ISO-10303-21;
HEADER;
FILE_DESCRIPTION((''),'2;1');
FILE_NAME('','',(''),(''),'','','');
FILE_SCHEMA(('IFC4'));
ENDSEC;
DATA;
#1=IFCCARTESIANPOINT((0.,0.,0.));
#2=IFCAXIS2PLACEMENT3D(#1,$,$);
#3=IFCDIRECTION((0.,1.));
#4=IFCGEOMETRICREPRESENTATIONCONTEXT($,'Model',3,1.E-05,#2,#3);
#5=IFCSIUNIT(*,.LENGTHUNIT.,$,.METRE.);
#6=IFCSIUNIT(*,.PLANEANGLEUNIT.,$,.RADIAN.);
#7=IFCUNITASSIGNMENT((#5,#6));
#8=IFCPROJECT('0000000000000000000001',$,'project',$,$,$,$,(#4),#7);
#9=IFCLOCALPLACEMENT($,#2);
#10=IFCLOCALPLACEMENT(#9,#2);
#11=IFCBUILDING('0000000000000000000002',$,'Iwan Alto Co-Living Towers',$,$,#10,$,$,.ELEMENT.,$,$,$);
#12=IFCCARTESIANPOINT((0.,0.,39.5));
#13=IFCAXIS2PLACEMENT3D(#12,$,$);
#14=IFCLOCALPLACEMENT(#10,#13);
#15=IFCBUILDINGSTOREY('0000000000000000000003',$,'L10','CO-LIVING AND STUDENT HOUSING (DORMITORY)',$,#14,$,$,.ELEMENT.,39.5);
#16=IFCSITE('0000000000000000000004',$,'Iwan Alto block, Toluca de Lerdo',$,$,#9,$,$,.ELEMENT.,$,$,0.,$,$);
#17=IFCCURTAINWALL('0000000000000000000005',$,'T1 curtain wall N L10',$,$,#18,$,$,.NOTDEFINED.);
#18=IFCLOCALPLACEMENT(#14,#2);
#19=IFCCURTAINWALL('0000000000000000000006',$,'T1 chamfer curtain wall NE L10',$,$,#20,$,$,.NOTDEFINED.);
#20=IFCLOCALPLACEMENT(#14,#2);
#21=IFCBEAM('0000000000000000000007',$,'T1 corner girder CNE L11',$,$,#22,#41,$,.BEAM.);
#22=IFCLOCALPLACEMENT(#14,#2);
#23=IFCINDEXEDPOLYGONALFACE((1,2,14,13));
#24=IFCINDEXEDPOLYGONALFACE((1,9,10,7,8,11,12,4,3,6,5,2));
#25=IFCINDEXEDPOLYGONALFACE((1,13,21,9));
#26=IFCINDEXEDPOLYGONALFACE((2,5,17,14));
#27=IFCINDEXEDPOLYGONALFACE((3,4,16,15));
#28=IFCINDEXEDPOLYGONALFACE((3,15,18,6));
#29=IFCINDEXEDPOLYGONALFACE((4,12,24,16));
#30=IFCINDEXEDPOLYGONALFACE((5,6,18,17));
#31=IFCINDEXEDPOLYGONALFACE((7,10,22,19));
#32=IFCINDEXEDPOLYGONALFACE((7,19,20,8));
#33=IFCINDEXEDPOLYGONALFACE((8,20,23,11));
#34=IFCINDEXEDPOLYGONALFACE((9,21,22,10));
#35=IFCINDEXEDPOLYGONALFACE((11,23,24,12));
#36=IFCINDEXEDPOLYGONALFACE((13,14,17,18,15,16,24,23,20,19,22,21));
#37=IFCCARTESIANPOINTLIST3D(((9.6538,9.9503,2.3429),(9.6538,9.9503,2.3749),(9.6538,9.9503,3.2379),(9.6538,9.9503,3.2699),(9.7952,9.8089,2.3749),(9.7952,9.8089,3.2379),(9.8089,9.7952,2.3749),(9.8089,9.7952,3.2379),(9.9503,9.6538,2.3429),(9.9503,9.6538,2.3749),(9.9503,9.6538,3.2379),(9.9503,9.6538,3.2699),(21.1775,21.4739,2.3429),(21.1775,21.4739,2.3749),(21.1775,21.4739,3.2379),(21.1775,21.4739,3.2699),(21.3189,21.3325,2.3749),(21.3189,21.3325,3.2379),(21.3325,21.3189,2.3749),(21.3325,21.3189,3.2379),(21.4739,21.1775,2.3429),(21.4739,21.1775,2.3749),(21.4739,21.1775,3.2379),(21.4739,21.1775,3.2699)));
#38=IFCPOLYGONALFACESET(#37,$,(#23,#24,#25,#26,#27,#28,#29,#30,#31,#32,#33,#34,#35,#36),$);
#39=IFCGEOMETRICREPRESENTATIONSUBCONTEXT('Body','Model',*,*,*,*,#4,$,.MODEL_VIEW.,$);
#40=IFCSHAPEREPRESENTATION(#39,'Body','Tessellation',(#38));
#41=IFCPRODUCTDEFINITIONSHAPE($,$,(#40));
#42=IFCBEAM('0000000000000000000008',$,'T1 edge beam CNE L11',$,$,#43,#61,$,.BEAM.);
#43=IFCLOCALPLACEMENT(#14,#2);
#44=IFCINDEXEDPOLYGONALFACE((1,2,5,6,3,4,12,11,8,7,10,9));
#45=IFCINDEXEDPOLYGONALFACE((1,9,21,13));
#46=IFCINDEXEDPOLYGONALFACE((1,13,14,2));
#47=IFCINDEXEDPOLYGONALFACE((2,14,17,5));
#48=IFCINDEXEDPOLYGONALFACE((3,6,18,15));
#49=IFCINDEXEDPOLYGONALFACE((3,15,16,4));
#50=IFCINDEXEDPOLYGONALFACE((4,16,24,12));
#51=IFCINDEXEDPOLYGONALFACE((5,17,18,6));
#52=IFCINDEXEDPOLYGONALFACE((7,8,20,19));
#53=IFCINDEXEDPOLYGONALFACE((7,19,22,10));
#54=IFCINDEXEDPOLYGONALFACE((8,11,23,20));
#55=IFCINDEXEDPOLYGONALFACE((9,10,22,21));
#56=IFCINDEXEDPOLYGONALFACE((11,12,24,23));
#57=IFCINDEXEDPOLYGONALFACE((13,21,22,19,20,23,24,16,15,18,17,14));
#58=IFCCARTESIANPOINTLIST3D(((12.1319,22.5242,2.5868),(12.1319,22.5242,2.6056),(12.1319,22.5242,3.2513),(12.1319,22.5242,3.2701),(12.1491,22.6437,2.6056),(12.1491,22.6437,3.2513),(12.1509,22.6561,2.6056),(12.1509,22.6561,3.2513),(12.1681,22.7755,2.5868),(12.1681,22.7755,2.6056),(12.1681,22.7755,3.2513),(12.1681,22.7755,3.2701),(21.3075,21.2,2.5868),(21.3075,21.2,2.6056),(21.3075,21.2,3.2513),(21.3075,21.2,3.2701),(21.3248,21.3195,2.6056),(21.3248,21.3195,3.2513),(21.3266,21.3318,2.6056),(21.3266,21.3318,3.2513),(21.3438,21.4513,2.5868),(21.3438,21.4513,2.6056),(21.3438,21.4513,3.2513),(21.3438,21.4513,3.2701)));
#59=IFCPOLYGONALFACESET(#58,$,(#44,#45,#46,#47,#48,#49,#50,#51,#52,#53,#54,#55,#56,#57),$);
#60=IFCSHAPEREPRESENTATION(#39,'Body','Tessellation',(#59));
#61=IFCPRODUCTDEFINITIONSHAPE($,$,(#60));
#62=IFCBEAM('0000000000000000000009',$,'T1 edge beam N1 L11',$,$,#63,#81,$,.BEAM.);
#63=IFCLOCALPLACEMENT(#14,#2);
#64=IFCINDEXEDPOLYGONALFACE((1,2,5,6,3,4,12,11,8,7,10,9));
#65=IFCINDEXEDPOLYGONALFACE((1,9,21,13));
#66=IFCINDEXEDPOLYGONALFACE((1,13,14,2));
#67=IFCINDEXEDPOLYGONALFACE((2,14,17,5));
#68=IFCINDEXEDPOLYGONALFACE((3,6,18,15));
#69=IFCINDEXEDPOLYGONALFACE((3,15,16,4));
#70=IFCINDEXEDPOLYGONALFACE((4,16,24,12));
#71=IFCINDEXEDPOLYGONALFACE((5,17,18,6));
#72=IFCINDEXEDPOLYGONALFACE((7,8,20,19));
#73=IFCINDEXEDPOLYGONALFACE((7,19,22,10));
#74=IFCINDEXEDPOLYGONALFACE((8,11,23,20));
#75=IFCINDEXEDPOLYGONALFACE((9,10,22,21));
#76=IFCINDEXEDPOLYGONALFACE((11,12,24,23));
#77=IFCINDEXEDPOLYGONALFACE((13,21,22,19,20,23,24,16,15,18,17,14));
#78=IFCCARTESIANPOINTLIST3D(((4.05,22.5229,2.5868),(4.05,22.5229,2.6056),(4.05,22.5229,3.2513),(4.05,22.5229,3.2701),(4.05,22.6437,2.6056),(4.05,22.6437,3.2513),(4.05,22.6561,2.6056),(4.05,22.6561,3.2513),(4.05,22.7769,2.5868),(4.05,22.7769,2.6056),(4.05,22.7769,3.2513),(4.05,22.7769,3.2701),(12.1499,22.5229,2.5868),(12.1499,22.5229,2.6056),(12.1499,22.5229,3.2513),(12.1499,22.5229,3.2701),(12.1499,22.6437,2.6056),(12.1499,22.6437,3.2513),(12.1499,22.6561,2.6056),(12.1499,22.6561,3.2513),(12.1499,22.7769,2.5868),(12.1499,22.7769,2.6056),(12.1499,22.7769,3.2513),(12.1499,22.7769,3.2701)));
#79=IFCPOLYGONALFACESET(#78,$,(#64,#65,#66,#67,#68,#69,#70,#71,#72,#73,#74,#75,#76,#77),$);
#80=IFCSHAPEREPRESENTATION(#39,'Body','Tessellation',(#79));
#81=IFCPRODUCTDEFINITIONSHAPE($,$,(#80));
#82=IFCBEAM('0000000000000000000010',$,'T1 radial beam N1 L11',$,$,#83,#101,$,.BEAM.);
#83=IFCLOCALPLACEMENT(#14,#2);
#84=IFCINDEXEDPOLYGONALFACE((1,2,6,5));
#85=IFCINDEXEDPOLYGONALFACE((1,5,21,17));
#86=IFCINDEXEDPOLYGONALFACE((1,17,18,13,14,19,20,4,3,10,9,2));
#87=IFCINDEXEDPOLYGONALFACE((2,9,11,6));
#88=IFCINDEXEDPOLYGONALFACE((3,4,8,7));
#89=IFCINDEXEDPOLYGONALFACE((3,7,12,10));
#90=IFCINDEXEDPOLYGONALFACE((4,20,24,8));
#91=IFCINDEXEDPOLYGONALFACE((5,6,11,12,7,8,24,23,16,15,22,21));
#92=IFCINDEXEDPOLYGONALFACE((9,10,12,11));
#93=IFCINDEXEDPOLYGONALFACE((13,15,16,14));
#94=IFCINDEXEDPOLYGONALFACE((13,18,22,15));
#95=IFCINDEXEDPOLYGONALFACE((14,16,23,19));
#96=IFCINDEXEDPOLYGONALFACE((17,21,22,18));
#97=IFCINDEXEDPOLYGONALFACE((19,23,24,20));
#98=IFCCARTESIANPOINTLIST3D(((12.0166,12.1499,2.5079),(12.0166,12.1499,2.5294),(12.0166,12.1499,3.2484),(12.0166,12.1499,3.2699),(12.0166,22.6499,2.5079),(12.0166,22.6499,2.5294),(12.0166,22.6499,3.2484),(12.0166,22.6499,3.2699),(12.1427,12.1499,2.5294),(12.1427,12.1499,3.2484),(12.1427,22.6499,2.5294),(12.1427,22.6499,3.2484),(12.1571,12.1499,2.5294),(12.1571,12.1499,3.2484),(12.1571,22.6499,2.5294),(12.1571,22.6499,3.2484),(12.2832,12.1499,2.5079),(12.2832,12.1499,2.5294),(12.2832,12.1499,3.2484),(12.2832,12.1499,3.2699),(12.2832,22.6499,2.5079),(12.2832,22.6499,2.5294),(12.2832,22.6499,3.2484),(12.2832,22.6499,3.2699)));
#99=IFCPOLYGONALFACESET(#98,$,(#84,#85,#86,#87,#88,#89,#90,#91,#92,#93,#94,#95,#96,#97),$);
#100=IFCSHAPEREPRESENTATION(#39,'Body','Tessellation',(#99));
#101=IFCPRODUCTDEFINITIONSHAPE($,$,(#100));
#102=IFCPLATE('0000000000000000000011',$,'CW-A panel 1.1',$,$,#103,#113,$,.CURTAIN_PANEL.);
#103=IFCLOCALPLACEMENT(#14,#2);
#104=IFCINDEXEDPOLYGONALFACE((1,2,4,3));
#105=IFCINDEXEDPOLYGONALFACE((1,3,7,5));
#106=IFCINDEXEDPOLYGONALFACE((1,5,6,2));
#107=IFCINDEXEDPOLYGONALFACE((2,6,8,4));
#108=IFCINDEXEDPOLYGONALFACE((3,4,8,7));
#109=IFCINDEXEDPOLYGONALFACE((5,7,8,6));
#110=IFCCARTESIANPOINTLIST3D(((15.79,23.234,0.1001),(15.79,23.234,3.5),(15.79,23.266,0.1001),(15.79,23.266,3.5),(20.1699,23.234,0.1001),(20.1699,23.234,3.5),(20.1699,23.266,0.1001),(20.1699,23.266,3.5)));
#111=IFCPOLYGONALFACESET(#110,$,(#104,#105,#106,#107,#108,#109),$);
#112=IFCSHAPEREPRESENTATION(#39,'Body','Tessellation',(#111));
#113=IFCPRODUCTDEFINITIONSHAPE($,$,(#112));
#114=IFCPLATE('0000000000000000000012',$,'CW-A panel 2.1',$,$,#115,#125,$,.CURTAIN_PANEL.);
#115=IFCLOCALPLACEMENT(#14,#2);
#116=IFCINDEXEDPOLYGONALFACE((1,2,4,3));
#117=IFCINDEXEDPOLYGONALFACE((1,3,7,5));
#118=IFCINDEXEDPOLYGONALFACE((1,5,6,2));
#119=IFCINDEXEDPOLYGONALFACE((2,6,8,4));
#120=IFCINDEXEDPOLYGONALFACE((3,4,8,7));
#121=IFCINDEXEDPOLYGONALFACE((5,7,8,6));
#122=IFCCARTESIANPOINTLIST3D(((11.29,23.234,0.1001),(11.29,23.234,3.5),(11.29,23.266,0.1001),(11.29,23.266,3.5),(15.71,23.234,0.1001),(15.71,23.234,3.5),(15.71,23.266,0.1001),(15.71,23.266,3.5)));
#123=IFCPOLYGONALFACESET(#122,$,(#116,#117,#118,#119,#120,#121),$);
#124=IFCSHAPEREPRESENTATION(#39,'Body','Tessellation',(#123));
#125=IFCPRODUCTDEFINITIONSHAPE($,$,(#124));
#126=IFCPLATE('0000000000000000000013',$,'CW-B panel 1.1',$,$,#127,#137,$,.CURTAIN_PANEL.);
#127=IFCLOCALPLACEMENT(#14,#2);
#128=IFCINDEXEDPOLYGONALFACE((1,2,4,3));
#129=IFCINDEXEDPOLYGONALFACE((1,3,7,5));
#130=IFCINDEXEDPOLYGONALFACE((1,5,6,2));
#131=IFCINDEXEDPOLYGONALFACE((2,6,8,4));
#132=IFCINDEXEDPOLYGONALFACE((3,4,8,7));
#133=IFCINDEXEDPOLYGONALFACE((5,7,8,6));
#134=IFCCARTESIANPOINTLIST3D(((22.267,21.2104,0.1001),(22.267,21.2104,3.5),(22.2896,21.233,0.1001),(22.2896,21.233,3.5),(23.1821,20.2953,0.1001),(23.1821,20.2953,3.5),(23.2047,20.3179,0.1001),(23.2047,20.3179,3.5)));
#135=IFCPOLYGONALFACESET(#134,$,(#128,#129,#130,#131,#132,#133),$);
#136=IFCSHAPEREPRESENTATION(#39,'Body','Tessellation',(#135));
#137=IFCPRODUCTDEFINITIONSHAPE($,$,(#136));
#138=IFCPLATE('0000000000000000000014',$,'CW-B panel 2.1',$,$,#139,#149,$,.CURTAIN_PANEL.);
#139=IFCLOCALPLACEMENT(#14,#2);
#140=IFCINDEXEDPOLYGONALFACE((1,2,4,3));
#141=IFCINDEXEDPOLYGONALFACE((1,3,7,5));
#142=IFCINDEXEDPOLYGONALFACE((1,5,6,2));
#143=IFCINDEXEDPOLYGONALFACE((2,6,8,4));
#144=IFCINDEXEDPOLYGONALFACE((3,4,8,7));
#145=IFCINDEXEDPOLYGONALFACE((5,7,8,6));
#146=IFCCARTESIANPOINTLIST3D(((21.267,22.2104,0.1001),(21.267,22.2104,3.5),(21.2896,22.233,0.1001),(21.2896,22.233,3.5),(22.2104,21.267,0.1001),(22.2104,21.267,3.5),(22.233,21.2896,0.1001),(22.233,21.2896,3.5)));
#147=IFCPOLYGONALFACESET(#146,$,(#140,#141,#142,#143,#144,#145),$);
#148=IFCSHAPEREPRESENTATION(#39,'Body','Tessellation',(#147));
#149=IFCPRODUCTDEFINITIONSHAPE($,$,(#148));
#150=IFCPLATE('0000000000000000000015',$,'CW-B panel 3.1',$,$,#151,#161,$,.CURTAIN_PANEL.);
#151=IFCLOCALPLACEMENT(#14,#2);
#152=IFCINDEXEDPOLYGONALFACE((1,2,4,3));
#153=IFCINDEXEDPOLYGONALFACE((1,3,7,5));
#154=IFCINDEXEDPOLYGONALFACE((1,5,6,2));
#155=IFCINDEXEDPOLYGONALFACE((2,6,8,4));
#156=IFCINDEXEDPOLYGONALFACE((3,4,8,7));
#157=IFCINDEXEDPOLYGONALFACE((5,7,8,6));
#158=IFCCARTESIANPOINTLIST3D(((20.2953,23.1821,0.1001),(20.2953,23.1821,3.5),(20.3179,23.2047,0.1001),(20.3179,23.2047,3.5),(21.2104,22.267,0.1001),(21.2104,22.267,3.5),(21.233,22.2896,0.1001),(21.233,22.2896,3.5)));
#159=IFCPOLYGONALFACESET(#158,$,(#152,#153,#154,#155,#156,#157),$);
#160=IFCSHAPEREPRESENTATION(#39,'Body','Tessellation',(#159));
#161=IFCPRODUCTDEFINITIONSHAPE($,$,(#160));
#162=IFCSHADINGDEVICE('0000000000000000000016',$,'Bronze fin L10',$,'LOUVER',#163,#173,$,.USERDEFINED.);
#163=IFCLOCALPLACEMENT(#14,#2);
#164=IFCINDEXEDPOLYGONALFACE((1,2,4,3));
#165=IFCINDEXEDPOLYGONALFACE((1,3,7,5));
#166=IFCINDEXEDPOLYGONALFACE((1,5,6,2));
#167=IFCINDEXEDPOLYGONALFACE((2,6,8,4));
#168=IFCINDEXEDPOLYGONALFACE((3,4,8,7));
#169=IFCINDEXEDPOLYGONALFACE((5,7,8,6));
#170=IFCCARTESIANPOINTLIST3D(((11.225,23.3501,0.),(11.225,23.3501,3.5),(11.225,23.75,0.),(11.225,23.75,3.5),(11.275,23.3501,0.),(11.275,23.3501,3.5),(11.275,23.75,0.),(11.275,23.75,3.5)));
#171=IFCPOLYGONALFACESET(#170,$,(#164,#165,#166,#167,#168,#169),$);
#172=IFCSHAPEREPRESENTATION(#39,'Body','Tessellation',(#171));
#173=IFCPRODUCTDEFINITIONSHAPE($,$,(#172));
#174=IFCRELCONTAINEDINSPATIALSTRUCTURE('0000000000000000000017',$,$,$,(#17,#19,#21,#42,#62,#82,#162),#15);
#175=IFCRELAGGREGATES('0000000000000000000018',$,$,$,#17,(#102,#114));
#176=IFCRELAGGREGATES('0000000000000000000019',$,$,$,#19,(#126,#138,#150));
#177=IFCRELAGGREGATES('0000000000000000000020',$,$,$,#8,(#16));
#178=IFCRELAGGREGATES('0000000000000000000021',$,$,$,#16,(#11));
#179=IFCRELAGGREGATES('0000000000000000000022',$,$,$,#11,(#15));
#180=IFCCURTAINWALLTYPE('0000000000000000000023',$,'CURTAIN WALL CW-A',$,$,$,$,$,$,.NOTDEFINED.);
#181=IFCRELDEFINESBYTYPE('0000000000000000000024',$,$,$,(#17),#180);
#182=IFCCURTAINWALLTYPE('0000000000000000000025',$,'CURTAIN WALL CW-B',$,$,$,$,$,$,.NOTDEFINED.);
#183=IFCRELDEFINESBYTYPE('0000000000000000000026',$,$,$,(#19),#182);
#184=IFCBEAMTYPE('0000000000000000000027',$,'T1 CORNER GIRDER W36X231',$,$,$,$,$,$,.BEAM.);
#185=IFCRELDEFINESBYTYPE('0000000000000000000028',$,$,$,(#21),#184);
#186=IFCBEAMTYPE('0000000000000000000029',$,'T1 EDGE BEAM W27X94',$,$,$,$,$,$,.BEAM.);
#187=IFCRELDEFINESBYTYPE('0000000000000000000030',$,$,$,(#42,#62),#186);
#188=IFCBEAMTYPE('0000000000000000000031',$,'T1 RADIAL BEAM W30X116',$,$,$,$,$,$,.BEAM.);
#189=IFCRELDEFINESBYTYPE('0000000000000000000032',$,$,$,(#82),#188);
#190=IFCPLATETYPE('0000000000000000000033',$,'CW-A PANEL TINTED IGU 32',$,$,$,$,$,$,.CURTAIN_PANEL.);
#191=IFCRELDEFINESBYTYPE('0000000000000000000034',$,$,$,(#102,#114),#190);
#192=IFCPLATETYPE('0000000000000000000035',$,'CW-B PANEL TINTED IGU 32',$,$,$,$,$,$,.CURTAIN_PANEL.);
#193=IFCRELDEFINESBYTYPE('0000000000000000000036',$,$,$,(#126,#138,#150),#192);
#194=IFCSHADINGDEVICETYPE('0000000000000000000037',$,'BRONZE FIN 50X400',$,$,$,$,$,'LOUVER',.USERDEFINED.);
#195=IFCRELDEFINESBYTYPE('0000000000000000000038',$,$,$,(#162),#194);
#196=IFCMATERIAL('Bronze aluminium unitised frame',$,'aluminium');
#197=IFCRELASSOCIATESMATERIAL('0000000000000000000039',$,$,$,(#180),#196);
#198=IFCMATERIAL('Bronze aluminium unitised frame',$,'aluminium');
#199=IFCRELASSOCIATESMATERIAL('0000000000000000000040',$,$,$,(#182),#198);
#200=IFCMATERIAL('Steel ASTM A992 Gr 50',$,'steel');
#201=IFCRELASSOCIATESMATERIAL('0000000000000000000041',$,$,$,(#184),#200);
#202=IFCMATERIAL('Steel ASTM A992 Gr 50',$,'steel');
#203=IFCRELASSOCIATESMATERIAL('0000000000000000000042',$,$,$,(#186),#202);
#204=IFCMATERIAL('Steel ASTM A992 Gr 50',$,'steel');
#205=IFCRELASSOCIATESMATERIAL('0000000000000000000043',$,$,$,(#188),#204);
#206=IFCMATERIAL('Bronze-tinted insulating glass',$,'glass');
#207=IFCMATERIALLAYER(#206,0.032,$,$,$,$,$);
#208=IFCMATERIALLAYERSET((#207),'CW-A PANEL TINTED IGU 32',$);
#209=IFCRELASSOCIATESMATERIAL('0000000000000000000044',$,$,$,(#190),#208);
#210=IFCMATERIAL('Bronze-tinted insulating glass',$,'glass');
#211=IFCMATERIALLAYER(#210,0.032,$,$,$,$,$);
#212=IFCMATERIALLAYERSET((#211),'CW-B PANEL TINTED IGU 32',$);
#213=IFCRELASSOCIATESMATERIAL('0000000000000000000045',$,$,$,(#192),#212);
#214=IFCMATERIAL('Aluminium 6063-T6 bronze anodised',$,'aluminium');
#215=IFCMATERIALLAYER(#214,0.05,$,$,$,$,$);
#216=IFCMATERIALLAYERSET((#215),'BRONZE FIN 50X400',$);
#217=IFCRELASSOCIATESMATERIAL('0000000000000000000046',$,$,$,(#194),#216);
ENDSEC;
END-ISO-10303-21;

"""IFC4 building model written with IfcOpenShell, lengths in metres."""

from ifc_helpers import new_model, si_unit, direction, frame, origin, origin_2d, place, context, subcontext, project, spatial, rectangle, i_section, extrude, material, layer, layer_set, material_profile, profile_set, type_object, element, aggregate, save


model = new_model("IFC4")

# Units and contexts
model_context = context("Model", 3, precision=1e-05, world=origin(), true_north=direction((0.0, 1.0)))
body_context = subcontext(model_context, "Body", "Model", "MODEL_VIEW")
ifc_project = project(units=[si_unit("LENGTHUNIT", "METRE"), si_unit("PLANEANGLEUNIT", "RADIAN")], contexts=[model_context])

# Site, building, storey
site_placement = place(None, origin())
site = spatial("IfcSite", under=ifc_project, at=site_placement, Name="Iwan Alto block, Toluca de Lerdo", CompositionType="ELEMENT", RefElevation=0.0)
building_placement = place(site_placement, origin())
building = spatial("IfcBuilding", under=site, at=building_placement, Name="Iwan Alto Co-Living Towers", CompositionType="ELEMENT")
storey_placement = place(building_placement, frame((0.0, 0.0, 39.5)))
storey = spatial("IfcBuildingStorey", under=building, at=storey_placement, Name="L10", Description="CO-LIVING AND STUDENT HOUSING (DORMITORY)", CompositionType="ELEMENT", Elevation=39.5)

# Curtain walls
ifc_material_1 = material(Name="Bronze aluminium unitised frame", Category="aluminium")
curtain_wall_type_1 = type_object("IfcCurtainWallType", Name="CURTAIN WALL CW-A", PredefinedType="NOTDEFINED", material=ifc_material_1)
curtain_wall_1_placement = place(storey_placement, origin())
curtain_wall_1 = element("IfcCurtainWall", 1, at=curtain_wall_1_placement, inside=storey, type_object=curtain_wall_type_1, Name="T1 curtain wall N L10", PredefinedType="NOTDEFINED")
ifc_material_2 = material(Name="Bronze aluminium unitised frame", Category="aluminium")
curtain_wall_type_2 = type_object("IfcCurtainWallType", Name="CURTAIN WALL CW-B", PredefinedType="NOTDEFINED", material=ifc_material_2)
curtain_wall_2_placement = place(storey_placement, origin())
curtain_wall_2 = element("IfcCurtainWall", 2, at=curtain_wall_2_placement, inside=storey, type_object=curtain_wall_type_2, Name="T1 chamfer curtain wall NE L10", PredefinedType="NOTDEFINED")

# Beams
ifc_material_3 = material(Name="Steel ASTM A992 Gr 50", Category="steel")
ifc_material_profile_1 = material_profile(ifc_material_3, i_section(OverallWidth=0.4192, OverallDepth=0.927, WebThickness=0.0193, FlangeThickness=0.032, at=origin_2d()), Name="W36X231")
ifc_profile_set_1 = profile_set([ifc_material_profile_1], Name="Steel ASTM A992 Gr 50")
beam_type_1 = type_object("IfcBeamType", Name="T1 CORNER GIRDER W36X231", PredefinedType="BEAM", material=ifc_profile_set_1)
beam_1_placement = place(storey_placement, frame((21.3257, 21.3257, 2.8064), z_axis=(-0.707107, -0.707107, 0.0), x_axis=(0.707107, -0.707107, 0.0)))
element("IfcBeam", 3, at=beam_1_placement, inside=storey, type_object=beam_type_1, Name="T1 corner girder CNE L11", PredefinedType="BEAM", context=body_context, shape_type="SweptSolid", body=[
    extrude(i_section(OverallWidth=0.4192, OverallDepth=0.927, WebThickness=0.0193, FlangeThickness=0.032, at=origin_2d()), origin(), (0.0, 0.0, 1.0), 16.2969),
])
ifc_material_4 = material(Name="Steel ASTM A992 Gr 50", Category="steel")
ifc_material_profile_2 = material_profile(ifc_material_4, i_section(OverallWidth=0.2539, OverallDepth=0.6833, WebThickness=0.0125, FlangeThickness=0.0188, at=origin_2d()), Name="W27X94")
ifc_profile_set_2 = profile_set([ifc_material_profile_2], Name="Steel ASTM A992 Gr 50")
beam_type_2 = type_object("IfcBeamType", Name="T1 EDGE BEAM W27X94", PredefinedType="BEAM", material=ifc_profile_set_2)
beam_2_placement = place(storey_placement, frame((21.3257, 21.3257, 2.9285), z_axis=(-0.989746, 0.142837, 0.0), x_axis=(-0.142837, -0.989746, 0.0)))
element("IfcBeam", 4, at=beam_2_placement, inside=storey, type_object=beam_type_2, Name="T1 edge beam CNE L11", PredefinedType="BEAM", context=body_context, shape_type="SweptSolid", body=[
    extrude(i_section(OverallWidth=0.2539, OverallDepth=0.6833, WebThickness=0.0125, FlangeThickness=0.0188, at=origin_2d()), origin(), (0.0, 0.0, 1.0), 9.2708),
])
beam_3_placement = place(storey_placement, frame((12.1499, 22.6499, 2.9285), z_axis=(-1.0, 0.0, 0.0), x_axis=(0.0, -1.0, 0.0)))
element("IfcBeam", 5, at=beam_3_placement, inside=storey, type_object=beam_type_2, Name="T1 edge beam N1 L11", PredefinedType="BEAM", context=body_context, shape_type="SweptSolid", body=[
    extrude(i_section(OverallWidth=0.2539, OverallDepth=0.6833, WebThickness=0.0125, FlangeThickness=0.0188, at=origin_2d()), origin(), (0.0, 0.0, 1.0), 8.0999),
])
ifc_material_5 = material(Name="Steel ASTM A992 Gr 50", Category="steel")
ifc_material_profile_3 = material_profile(ifc_material_5, i_section(OverallWidth=0.2666, OverallDepth=0.762, WebThickness=0.0144, FlangeThickness=0.0215, at=origin_2d()), Name="W30X116")
ifc_profile_set_3 = profile_set([ifc_material_profile_3], Name="Steel ASTM A992 Gr 50")
beam_type_3 = type_object("IfcBeamType", Name="T1 RADIAL BEAM W30X116", PredefinedType="BEAM", material=ifc_profile_set_3)
beam_4_placement = place(storey_placement, frame((12.1499, 22.6499, 2.8889), z_axis=(0.0, -1.0, 0.0), x_axis=(1.0, 0.0, 0.0)))
element("IfcBeam", 6, at=beam_4_placement, inside=storey, type_object=beam_type_3, Name="T1 radial beam N1 L11", PredefinedType="BEAM", context=body_context, shape_type="SweptSolid", body=[
    extrude(i_section(OverallWidth=0.2666, OverallDepth=0.762, WebThickness=0.0144, FlangeThickness=0.0215, at=origin_2d()), origin(), (0.0, 0.0, 1.0), 10.5),
])

# Plates
ifc_material_6 = material(Name="Bronze-tinted insulating glass", Category="glass")
ifc_layer_1 = layer(ifc_material_6, 0.032)
ifc_layer_set_1 = layer_set([ifc_layer_1], Name="CW-A PANEL TINTED IGU 32")
plate_type_1 = type_object("IfcPlateType", Name="CW-A PANEL TINTED IGU 32", PredefinedType="CURTAIN_PANEL", material=ifc_layer_set_1)
plate_1_placement = place(storey_placement, frame((17.98, 23.25, 0.1001), z_axis=(0.0, 0.0, 1.0), x_axis=(-1.0, 0.0, 0.0)))
plate_1 = element("IfcPlate", 7, at=plate_1_placement, type_object=plate_type_1, Name="CW-A panel 1.1", PredefinedType="CURTAIN_PANEL", context=body_context, shape_type="SweptSolid", body=[
    extrude(rectangle(XDim=4.3799, YDim=0.032, at=origin_2d()), origin(), (0.0, 0.0, 1.0), 3.3999),
])
plate_2_placement = place(storey_placement, frame((13.5, 23.25, 0.1001), z_axis=(0.0, 0.0, 1.0), x_axis=(-1.0, 0.0, 0.0)))
plate_2 = element("IfcPlate", 8, at=plate_2_placement, type_object=plate_type_1, Name="CW-A panel 2.1", PredefinedType="CURTAIN_PANEL", context=body_context, shape_type="SweptSolid", body=[
    extrude(rectangle(XDim=4.4199, YDim=0.032, at=origin_2d()), origin(), (0.0, 0.0, 1.0), 3.3999),
])
aggregate(curtain_wall_1, [plate_1, plate_2])
ifc_material_7 = material(Name="Bronze-tinted insulating glass", Category="glass")
ifc_layer_2 = layer(ifc_material_7, 0.032)
ifc_layer_set_2 = layer_set([ifc_layer_2], Name="CW-B PANEL TINTED IGU 32")
plate_type_2 = type_object("IfcPlateType", Name="CW-B PANEL TINTED IGU 32", PredefinedType="CURTAIN_PANEL", material=ifc_layer_set_2)
plate_3_placement = place(storey_placement, frame((22.7358, 20.7642, 0.1001), z_axis=(0.0, 0.0, 1.0), x_axis=(-0.707107, 0.707107, 0.0)))
plate_3 = element("IfcPlate", 9, at=plate_3_placement, type_object=plate_type_2, Name="CW-B panel 1.1", PredefinedType="CURTAIN_PANEL", context=body_context, shape_type="SweptSolid", body=[
    extrude(rectangle(XDim=1.2942, YDim=0.032, at=origin_2d()), origin(), (0.0, 0.0, 1.0), 3.3999),
])
plate_4_placement = place(storey_placement, frame((21.75, 21.75, 0.1001), z_axis=(0.0, 0.0, 1.0), x_axis=(-0.707107, 0.707107, 0.0)))
plate_4 = element("IfcPlate", 10, at=plate_4_placement, type_object=plate_type_2, Name="CW-B panel 2.1", PredefinedType="CURTAIN_PANEL", context=body_context, shape_type="SweptSolid", body=[
    extrude(rectangle(XDim=1.3342, YDim=0.032, at=origin_2d()), origin(), (0.0, 0.0, 1.0), 3.3999),
])
plate_5_placement = place(storey_placement, frame((20.7642, 22.7358, 0.1001), z_axis=(0.0, 0.0, 1.0), x_axis=(-0.707107, 0.707107, 0.0)))
plate_5 = element("IfcPlate", 11, at=plate_5_placement, type_object=plate_type_2, Name="CW-B panel 3.1", PredefinedType="CURTAIN_PANEL", context=body_context, shape_type="SweptSolid", body=[
    extrude(rectangle(XDim=1.2942, YDim=0.032, at=origin_2d()), origin(), (0.0, 0.0, 1.0), 3.3999),
])
aggregate(curtain_wall_2, [plate_3, plate_4, plate_5])

# Shading device
ifc_material_8 = material(Name="Aluminium 6063-T6 bronze anodised", Category="aluminium")
ifc_layer_3 = layer(ifc_material_8, 0.05)
ifc_layer_set_3 = layer_set([ifc_layer_3], Name="BRONZE FIN 50X400")
shading_device_type = type_object("IfcShadingDeviceType", Name="BRONZE FIN 50X400", ElementType="LOUVER", PredefinedType="USERDEFINED", material=ifc_layer_set_3)
shading_device_placement = place(storey_placement, frame((11.25, 23.55, 0.0), z_axis=(0.0, 0.0, 1.0), x_axis=(-1.0, 0.0, 0.0)))
element("IfcShadingDevice", 12, at=shading_device_placement, inside=storey, type_object=shading_device_type, Name="Bronze fin L10", ObjectType="LOUVER", PredefinedType="USERDEFINED", context=body_context, shape_type="SweptSolid", body=[
    extrude(rectangle(XDim=0.05, YDim=0.3999, at=origin_2d()), origin(), (0.0, 0.0, 1.0), 3.5),
])

save(model, "model.ifc")
